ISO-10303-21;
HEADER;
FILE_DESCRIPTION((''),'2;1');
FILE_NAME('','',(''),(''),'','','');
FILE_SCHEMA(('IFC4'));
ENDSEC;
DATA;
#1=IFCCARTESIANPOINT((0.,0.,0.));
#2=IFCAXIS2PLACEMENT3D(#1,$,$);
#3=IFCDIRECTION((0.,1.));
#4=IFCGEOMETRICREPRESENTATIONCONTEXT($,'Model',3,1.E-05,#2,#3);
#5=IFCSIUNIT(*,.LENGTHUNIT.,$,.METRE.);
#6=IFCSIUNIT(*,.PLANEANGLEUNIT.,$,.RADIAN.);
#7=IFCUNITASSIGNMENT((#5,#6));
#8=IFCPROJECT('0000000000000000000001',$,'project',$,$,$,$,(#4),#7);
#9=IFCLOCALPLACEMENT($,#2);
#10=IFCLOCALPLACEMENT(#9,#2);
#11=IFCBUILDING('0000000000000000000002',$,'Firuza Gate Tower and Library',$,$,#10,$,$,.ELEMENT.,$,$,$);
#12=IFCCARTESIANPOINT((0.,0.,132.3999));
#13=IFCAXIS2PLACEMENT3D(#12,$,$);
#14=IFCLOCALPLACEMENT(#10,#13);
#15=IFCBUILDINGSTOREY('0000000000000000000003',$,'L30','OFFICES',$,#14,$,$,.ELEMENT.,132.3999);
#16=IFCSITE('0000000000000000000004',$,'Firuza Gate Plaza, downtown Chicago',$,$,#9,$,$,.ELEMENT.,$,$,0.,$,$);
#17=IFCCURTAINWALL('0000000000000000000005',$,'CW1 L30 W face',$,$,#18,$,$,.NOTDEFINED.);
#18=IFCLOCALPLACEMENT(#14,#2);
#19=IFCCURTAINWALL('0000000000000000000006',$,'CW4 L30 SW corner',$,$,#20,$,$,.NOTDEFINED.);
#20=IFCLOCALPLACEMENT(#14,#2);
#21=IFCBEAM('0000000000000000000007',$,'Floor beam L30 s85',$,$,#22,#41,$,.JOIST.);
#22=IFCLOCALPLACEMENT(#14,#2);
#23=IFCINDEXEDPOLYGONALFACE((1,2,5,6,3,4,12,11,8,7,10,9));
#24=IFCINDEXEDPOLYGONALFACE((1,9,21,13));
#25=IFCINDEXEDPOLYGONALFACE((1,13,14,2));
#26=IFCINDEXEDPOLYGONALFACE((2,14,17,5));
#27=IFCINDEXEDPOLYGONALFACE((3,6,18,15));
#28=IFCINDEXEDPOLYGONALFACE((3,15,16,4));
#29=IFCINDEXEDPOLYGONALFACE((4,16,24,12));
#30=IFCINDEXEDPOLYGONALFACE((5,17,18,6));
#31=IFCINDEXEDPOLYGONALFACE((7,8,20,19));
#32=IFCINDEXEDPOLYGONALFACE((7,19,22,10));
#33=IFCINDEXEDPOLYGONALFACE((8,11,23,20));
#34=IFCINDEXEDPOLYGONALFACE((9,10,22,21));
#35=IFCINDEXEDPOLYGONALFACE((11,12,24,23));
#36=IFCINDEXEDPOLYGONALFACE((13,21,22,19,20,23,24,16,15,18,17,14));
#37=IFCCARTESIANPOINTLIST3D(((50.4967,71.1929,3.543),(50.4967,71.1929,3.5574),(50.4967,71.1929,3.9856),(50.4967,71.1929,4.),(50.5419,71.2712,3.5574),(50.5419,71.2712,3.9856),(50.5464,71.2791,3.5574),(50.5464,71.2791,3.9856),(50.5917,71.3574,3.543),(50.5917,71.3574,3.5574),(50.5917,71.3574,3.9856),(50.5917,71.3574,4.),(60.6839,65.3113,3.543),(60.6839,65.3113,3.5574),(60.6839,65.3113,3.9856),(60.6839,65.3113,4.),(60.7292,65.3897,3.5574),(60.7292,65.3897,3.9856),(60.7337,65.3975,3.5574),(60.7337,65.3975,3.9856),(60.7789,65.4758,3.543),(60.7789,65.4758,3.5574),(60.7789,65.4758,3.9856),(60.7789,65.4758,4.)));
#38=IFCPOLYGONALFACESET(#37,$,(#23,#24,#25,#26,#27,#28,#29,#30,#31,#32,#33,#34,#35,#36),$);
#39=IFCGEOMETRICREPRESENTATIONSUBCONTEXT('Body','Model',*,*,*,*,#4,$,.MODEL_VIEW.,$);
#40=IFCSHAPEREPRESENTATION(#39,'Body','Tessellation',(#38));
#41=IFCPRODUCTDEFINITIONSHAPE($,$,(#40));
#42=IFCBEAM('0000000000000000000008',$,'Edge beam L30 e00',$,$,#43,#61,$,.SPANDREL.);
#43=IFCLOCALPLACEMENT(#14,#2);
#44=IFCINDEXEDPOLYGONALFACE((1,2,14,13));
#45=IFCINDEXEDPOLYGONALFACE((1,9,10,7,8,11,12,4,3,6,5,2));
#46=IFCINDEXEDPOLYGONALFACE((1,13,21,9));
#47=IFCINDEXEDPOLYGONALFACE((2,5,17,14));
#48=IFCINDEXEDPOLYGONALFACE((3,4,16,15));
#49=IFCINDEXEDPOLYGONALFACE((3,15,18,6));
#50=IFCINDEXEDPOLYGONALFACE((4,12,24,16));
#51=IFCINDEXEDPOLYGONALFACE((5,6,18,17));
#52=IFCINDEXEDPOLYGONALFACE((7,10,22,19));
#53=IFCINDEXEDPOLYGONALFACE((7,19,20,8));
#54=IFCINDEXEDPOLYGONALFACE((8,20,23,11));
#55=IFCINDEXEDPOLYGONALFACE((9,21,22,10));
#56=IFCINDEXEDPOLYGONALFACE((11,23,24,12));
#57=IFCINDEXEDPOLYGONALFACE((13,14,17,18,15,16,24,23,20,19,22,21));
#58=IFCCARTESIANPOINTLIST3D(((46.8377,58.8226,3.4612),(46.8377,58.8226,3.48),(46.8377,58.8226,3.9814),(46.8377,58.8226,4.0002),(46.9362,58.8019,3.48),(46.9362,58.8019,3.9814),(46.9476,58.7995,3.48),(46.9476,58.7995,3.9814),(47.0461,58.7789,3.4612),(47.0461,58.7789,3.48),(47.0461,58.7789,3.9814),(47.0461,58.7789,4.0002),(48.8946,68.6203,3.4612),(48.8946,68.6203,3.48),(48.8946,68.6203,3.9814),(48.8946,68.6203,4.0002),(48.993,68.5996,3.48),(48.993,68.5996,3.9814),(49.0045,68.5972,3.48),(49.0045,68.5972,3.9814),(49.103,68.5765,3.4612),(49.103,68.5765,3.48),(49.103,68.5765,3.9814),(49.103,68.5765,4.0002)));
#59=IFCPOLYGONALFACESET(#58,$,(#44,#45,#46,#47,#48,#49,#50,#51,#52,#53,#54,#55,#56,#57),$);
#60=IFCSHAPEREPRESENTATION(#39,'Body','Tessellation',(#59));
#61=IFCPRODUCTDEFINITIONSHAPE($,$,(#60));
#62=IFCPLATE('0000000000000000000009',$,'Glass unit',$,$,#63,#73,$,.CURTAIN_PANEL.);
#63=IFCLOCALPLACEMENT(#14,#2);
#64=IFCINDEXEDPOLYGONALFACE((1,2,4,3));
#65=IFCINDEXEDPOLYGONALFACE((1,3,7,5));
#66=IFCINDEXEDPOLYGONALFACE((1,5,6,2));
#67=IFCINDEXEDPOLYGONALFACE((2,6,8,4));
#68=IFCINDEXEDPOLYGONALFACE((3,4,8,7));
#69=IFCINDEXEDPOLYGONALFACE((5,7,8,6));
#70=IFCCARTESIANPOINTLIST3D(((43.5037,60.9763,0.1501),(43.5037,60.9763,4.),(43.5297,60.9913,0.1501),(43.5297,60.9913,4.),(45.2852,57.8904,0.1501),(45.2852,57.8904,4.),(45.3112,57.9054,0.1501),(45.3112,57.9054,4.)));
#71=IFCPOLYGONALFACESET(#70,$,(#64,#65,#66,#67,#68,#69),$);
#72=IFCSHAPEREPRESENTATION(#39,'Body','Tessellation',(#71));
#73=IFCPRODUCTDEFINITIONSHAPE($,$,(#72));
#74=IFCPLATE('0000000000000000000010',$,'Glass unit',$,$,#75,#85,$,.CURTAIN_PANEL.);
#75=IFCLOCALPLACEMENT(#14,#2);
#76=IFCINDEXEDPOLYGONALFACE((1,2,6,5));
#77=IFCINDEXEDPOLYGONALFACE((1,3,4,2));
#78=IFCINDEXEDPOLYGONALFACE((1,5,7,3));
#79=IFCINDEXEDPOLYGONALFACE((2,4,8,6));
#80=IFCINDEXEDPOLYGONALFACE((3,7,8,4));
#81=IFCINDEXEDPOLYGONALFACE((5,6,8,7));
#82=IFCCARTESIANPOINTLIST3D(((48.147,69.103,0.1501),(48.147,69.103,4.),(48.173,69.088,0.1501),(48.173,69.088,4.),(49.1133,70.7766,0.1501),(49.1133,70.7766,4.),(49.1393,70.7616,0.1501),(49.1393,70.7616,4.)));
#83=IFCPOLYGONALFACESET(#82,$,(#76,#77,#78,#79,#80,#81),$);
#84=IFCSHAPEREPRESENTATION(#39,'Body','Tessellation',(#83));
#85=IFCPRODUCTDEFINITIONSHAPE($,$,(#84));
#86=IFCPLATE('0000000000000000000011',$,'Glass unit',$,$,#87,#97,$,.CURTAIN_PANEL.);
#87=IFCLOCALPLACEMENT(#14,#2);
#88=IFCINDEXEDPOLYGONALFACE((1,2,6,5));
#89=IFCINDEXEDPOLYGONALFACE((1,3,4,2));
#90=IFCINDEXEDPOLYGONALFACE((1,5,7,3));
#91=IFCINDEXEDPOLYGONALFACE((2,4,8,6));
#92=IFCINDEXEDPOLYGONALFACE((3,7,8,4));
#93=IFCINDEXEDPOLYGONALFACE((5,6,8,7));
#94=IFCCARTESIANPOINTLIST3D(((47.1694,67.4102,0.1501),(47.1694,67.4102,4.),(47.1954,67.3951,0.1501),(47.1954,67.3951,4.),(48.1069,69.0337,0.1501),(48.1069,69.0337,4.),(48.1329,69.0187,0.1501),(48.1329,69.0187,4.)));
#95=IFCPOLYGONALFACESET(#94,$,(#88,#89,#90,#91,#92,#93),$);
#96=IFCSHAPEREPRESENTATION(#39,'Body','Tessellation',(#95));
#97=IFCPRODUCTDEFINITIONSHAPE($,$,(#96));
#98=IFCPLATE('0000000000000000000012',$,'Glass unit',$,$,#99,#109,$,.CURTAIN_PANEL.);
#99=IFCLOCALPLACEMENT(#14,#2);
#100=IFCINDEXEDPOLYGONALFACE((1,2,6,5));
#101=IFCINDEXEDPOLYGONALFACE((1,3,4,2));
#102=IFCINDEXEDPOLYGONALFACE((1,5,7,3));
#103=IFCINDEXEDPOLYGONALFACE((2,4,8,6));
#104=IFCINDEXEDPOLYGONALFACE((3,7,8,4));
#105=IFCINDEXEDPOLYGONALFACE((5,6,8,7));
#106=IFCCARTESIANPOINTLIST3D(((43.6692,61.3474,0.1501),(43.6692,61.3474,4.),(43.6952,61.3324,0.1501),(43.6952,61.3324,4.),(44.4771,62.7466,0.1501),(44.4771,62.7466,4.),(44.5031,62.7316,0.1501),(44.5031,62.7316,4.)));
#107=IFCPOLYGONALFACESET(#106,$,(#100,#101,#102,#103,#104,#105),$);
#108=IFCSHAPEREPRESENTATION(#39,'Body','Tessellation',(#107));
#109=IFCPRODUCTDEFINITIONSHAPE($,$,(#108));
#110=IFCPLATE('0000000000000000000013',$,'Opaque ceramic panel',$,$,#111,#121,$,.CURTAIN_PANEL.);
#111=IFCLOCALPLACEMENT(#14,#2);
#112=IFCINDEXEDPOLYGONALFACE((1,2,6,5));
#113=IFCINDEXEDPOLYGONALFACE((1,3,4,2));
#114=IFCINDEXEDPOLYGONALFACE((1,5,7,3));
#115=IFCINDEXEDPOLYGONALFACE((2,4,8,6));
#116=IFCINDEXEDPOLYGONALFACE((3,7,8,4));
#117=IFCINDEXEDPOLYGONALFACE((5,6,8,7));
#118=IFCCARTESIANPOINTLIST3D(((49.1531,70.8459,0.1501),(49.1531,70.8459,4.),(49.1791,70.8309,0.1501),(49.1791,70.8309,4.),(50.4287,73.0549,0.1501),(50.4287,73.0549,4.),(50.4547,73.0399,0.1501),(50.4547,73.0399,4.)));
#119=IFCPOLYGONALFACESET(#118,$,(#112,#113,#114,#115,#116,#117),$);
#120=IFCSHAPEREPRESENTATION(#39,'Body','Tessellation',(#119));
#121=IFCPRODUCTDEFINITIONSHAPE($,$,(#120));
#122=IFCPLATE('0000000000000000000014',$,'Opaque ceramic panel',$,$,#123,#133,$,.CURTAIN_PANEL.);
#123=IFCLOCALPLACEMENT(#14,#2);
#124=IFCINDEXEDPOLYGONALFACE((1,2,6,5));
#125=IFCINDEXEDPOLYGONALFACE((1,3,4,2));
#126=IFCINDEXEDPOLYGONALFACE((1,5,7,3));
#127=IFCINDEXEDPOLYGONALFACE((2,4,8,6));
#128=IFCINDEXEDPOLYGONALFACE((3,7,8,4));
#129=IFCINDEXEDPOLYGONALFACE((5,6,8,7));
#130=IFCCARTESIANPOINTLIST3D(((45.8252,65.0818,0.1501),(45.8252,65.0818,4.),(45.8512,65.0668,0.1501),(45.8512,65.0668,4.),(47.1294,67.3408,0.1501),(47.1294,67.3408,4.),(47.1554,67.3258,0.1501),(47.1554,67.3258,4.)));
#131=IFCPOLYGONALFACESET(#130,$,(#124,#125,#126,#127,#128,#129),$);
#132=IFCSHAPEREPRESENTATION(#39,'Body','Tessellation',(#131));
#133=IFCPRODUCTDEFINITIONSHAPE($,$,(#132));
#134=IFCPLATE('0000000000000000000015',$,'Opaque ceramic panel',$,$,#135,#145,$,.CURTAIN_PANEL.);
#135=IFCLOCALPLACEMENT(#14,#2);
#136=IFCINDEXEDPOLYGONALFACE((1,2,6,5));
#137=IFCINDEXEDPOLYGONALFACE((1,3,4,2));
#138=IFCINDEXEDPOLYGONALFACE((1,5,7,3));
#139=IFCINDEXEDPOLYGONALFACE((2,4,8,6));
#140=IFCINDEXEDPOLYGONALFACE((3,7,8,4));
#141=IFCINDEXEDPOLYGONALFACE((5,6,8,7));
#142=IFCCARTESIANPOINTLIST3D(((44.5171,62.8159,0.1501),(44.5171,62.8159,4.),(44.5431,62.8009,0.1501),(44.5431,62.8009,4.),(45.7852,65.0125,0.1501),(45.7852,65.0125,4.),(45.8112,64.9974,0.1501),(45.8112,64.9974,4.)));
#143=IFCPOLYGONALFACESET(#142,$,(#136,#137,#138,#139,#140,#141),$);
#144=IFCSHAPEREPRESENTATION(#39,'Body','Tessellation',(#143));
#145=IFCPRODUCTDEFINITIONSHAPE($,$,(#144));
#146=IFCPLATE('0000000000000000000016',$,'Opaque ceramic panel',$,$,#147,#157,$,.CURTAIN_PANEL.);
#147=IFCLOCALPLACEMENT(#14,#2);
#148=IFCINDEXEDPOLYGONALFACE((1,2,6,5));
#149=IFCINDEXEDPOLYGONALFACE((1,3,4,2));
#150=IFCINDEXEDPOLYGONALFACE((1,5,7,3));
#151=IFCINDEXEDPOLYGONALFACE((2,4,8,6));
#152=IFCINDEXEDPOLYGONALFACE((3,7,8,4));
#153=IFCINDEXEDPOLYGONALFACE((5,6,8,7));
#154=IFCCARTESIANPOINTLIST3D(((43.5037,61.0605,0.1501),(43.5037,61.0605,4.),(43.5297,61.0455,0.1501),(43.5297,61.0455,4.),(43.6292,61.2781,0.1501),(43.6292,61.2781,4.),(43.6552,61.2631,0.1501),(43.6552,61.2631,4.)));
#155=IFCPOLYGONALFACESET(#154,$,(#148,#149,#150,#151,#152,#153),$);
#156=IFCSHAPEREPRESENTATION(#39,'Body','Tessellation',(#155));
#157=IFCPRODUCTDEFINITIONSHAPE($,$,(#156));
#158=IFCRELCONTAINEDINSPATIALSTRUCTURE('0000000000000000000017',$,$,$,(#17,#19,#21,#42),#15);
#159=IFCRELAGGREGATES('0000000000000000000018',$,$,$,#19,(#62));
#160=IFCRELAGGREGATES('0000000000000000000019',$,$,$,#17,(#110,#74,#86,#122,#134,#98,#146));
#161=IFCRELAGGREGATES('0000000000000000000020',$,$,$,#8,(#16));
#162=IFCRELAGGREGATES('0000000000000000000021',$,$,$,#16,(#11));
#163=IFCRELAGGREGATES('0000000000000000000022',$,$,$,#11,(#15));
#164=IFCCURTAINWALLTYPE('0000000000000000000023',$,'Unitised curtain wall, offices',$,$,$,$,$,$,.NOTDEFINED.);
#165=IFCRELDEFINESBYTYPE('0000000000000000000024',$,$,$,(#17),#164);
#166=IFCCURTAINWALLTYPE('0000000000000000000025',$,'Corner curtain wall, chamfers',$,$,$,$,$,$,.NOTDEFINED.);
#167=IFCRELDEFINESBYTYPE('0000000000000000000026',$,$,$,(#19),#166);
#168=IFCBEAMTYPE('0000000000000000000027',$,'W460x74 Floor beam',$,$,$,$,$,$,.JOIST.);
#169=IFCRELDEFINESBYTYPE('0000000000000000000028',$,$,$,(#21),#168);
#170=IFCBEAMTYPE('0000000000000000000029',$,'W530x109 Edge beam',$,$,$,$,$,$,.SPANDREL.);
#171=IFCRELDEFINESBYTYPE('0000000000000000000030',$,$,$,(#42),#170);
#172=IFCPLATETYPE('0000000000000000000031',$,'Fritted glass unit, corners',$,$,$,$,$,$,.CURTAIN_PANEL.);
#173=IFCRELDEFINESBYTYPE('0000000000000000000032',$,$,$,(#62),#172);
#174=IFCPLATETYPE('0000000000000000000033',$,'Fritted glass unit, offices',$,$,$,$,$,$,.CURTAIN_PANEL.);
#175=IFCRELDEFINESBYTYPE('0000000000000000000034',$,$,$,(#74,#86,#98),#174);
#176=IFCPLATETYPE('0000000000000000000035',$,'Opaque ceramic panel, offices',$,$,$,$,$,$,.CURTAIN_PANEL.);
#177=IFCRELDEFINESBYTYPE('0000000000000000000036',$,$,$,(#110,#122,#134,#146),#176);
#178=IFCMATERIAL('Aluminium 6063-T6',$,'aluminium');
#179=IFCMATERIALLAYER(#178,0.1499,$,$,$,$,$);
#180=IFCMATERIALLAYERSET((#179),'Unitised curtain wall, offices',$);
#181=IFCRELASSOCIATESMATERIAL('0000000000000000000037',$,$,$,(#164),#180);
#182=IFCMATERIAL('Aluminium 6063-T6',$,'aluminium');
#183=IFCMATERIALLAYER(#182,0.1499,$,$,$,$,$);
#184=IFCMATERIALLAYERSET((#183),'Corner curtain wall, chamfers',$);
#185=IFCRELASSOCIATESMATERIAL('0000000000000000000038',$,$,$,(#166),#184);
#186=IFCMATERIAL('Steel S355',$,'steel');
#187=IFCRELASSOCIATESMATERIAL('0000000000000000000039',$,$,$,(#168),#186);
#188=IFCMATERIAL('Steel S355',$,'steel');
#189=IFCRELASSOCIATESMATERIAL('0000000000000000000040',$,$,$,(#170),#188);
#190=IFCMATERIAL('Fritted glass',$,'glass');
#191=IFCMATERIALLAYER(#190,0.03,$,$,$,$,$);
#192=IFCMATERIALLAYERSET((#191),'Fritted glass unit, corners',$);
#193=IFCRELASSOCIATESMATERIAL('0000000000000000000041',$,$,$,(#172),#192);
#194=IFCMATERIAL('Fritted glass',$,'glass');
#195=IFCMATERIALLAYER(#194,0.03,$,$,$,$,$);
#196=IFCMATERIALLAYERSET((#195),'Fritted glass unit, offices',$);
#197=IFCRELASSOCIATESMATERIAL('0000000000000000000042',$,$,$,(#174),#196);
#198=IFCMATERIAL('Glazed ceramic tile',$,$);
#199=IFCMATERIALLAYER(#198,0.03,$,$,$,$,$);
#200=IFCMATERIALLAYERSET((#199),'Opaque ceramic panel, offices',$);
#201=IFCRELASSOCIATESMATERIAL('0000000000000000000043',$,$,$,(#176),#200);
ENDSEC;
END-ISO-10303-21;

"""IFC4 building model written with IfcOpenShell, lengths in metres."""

from ifc_helpers import new_model, si_unit, direction, frame, origin, origin_2d, place, context, subcontext, project, spatial, polyline, i_section, outline, extrude, material, layer, layer_set, material_profile, profile_set, type_object, element, aggregate, save


model = new_model("IFC4")

# Units and contexts
model_context = context("Model", 3, precision=1e-05, world=origin(), true_north=direction((0.0, 1.0)))
body_context = subcontext(model_context, "Body", "Model", "MODEL_VIEW")
ifc_project = project(units=[si_unit("LENGTHUNIT", "METRE"), si_unit("PLANEANGLEUNIT", "RADIAN")], contexts=[model_context])

# Site, building, storey
site_placement = place(None, origin())
site = spatial("IfcSite", under=ifc_project, at=site_placement, Name="Firuza Gate Plaza, downtown Chicago", CompositionType="ELEMENT", RefElevation=0.0)
building_placement = place(site_placement, origin())
building = spatial("IfcBuilding", under=site, at=building_placement, Name="Firuza Gate Tower and Library", CompositionType="ELEMENT")
storey_placement = place(building_placement, frame((0.0, 0.0, 132.3999)))
storey = spatial("IfcBuildingStorey", under=building, at=storey_placement, Name="L30", Description="OFFICES", CompositionType="ELEMENT", Elevation=132.3999)

# Curtain walls
ifc_material_1 = material(Name="Aluminium 6063-T6", Category="aluminium")
ifc_layer_1 = layer(ifc_material_1, 0.1499)
ifc_layer_set_1 = layer_set([ifc_layer_1], Name="Unitised curtain wall, offices")
curtain_wall_type_1 = type_object("IfcCurtainWallType", Name="Unitised curtain wall, offices", PredefinedType="NOTDEFINED", material=ifc_layer_set_1)
placement = place(storey_placement, origin())
curtain_wall_1 = element("IfcCurtainWall", 1, at=placement, inside=storey, type_object=curtain_wall_type_1, Name="CW1 L30 W face", PredefinedType="NOTDEFINED")
ifc_material_2 = material(Name="Aluminium 6063-T6", Category="aluminium")
ifc_layer_2 = layer(ifc_material_2, 0.1499)
ifc_layer_set_2 = layer_set([ifc_layer_2], Name="Corner curtain wall, chamfers")
curtain_wall_type_2 = type_object("IfcCurtainWallType", Name="Corner curtain wall, chamfers", PredefinedType="NOTDEFINED", material=ifc_layer_set_2)
curtain_wall_2 = element("IfcCurtainWall", 2, at=placement, inside=storey, type_object=curtain_wall_type_2, Name="CW4 L30 SW corner", PredefinedType="NOTDEFINED")

# Beams
ifc_material_3 = material(Name="Steel S355", Category="steel")
ifc_material_profile_1 = material_profile(ifc_material_3, i_section(OverallWidth=0.1899, OverallDepth=0.457, WebThickness=0.009, FlangeThickness=0.0144, at=origin_2d()))
ifc_profile_set_1 = profile_set([ifc_material_profile_1], Name="Steel S355")
beam_type_1 = type_object("IfcBeamType", Name="W460x74 Floor beam", PredefinedType="JOIST", material=ifc_profile_set_1)
beam_1_placement = place(storey_placement, frame((50.5442, 71.2751, 3.7715), z_axis=(0.866026, -0.499999, 0.0), x_axis=(0.499999, 0.866026, 0.0)))
element("IfcBeam", 3, at=beam_1_placement, inside=storey, type_object=beam_type_1, Name="Floor beam L30 s85", PredefinedType="JOIST", context=body_context, shape_type="SweptSolid", body=[
    extrude(i_section(OverallWidth=0.1899, OverallDepth=0.457, WebThickness=0.009, FlangeThickness=0.0144, at=origin_2d()), origin(), (0.0, 0.0, 1.0), 11.7632),
])
ifc_material_4 = material(Name="Steel S355", Category="steel")
ifc_material_profile_2 = material_profile(ifc_material_4, i_section(OverallWidth=0.2129, OverallDepth=0.5391, WebThickness=0.0117, FlangeThickness=0.0188, at=origin_2d()))
ifc_profile_set_2 = profile_set([ifc_material_profile_2], Name="Steel S355")
beam_type_2 = type_object("IfcBeamType", Name="W530x109 Edge beam", PredefinedType="SPANDREL", material=ifc_profile_set_2)
beam_2_placement = place(storey_placement, frame((48.9988, 68.5984, 3.7307), z_axis=(-0.205459, -0.978666, 0.0), x_axis=(0.978666, -0.205459, 0.0)))
element("IfcBeam", 4, at=beam_2_placement, inside=storey, type_object=beam_type_2, Name="Edge beam L30 e00", PredefinedType="SPANDREL", context=body_context, shape_type="SweptSolid", body=[
    extrude(i_section(OverallWidth=0.2129, OverallDepth=0.5391, WebThickness=0.0117, FlangeThickness=0.0188, at=origin_2d()), origin(), (0.0, 0.0, 1.0), 10.0112),
])

# Plates
ifc_material_5 = material(Name="Fritted glass", Category="glass")
ifc_layer_3 = layer(ifc_material_5, 0.03)
ifc_layer_set_3 = layer_set([ifc_layer_3], Name="Fritted glass unit, corners")
plate_type_1 = type_object("IfcPlateType", Name="Fritted glass unit, corners", PredefinedType="CURTAIN_PANEL", material=ifc_layer_set_3)
plate_1_placement = place(storey_placement, frame((43.5037, 60.9763, 0.1501), z_axis=(-0.866046, -0.499964, 0.0), x_axis=(0.499964, -0.866046, 0.0)))
plate_1 = element("IfcPlate", 5, at=plate_1_placement, type_object=plate_type_1, Name="Glass unit", PredefinedType="CURTAIN_PANEL", context=body_context, shape_type="SweptSolid", body=[
    extrude(outline(polyline([(0.0, 0.0), (3.5632, 0.0), (3.5632, 3.8499), (0.0, 3.8499), (0.0, 0.0)])), origin(), (0.0, 0.0, -1.0), 0.03),
])
aggregate(curtain_wall_2, [plate_1])
ifc_material_6 = material(Name="Fritted glass", Category="glass")
ifc_layer_4 = layer(ifc_material_6, 0.03)
ifc_layer_set_4 = layer_set([ifc_layer_4], Name="Fritted glass unit, offices")
plate_type_2 = type_object("IfcPlateType", Name="Fritted glass unit, offices", PredefinedType="CURTAIN_PANEL", material=ifc_layer_set_4)
plate_2_placement = place(storey_placement, frame((49.1133, 70.7766, 0.1501), z_axis=(-0.866011, 0.500025, 0.0), x_axis=(-0.500025, -0.866011, 0.0)))
plate_2 = element("IfcPlate", 6, at=plate_2_placement, type_object=plate_type_2, Name="Glass unit", PredefinedType="CURTAIN_PANEL", context=body_context, shape_type="SweptSolid", body=[
    extrude(outline(polyline([(0.0, 0.0), (1.9325, 0.0), (1.9325, 3.8499), (0.0, 3.8499), (0.0, 0.0)])), origin(), (0.0, 0.0, -1.0), 0.03),
])
plate_3_placement = place(storey_placement, frame((48.1069, 69.0337, 0.1501), z_axis=(-0.86599, 0.500061, 0.0), x_axis=(-0.500061, -0.86599, 0.0)))
plate_3 = element("IfcPlate", 7, at=plate_3_placement, type_object=plate_type_2, Name="Glass unit", PredefinedType="CURTAIN_PANEL", context=body_context, shape_type="SweptSolid", body=[
    extrude(outline(polyline([(0.0, 0.0), (1.8748, 0.0), (1.8748, 3.8499), (0.0, 3.8499), (0.0, 0.0)])), origin(), (0.0, 0.0, -1.0), 0.03),
])
plate_4_placement = place(storey_placement, frame((44.4771, 62.7466, 0.1501), z_axis=(-0.866012, 0.500023, 0.0), x_axis=(-0.500023, -0.866012, 0.0)))
plate_4 = element("IfcPlate", 8, at=plate_4_placement, type_object=plate_type_2, Name="Glass unit", PredefinedType="CURTAIN_PANEL", context=body_context, shape_type="SweptSolid", body=[
    extrude(outline(polyline([(0.0, 0.0), (1.6156, 0.0), (1.6156, 3.8499), (0.0, 3.8499), (0.0, 0.0)])), origin(), (0.0, 0.0, -1.0), 0.03),
])
ifc_material_7 = material(Name="Glazed ceramic tile")
ifc_layer_5 = layer(ifc_material_7, 0.03)
ifc_layer_set_5 = layer_set([ifc_layer_5], Name="Opaque ceramic panel, offices")
plate_type_3 = type_object("IfcPlateType", Name="Opaque ceramic panel, offices", PredefinedType="CURTAIN_PANEL", material=ifc_layer_set_5)
plate_5_placement = place(storey_placement, frame((50.4287, 73.0549, 0.1501), z_axis=(-0.865978, 0.500081, 0.0), x_axis=(-0.500081, -0.865978, 0.0)))
plate_5 = element("IfcPlate", 9, at=plate_5_placement, type_object=plate_type_3, Name="Opaque ceramic panel", PredefinedType="CURTAIN_PANEL", context=body_context, shape_type="SweptSolid", body=[
    extrude(outline(polyline([(0.0, 0.0), (2.5509, 0.0), (2.5509, 3.8499), (0.0, 3.8499), (0.0, 0.0)])), origin(), (0.0, 0.0, -1.0), 0.03),
])
plate_6_placement = place(storey_placement, frame((47.1294, 67.3408, 0.1501), z_axis=(-0.866034, 0.499984, 0.0), x_axis=(-0.499984, -0.866034, 0.0)))
plate_6 = element("IfcPlate", 10, at=plate_6_placement, type_object=plate_type_3, Name="Opaque ceramic panel", PredefinedType="CURTAIN_PANEL", context=body_context, shape_type="SweptSolid", body=[
    extrude(outline(polyline([(0.0, 0.0), (2.6085, 0.0), (2.6085, 3.8499), (0.0, 3.8499), (0.0, 0.0)])), origin(), (0.0, 0.0, -1.0), 0.03),
])
plate_7_placement = place(storey_placement, frame((45.7852, 65.0125, 0.1501), z_axis=(-0.866043, 0.49997, 0.0), x_axis=(-0.49997, -0.866043, 0.0)))
plate_7 = element("IfcPlate", 11, at=plate_7_placement, type_object=plate_type_3, Name="Opaque ceramic panel", PredefinedType="CURTAIN_PANEL", context=body_context, shape_type="SweptSolid", body=[
    extrude(outline(polyline([(0.0, 0.0), (2.5363, 0.0), (2.5363, 3.8499), (0.0, 3.8499), (0.0, 0.0)])), origin(), (0.0, 0.0, -1.0), 0.03),
])
plate_8_placement = place(storey_placement, frame((43.6292, 61.2781, 0.1501), z_axis=(-0.866202, 0.499694, 0.0), x_axis=(-0.499694, -0.866202, 0.0)))
plate_8 = element("IfcPlate", 12, at=plate_8_placement, type_object=plate_type_3, Name="Opaque ceramic panel", PredefinedType="CURTAIN_PANEL", context=body_context, shape_type="SweptSolid", body=[
    extrude(outline(polyline([(0.0, 0.0), (0.2511, 0.0), (0.2511, 3.8499), (0.0, 3.8499), (0.0, 0.0)])), origin(), (0.0, 0.0, -1.0), 0.03),
])
aggregate(curtain_wall_1, [plate_5, plate_2, plate_3, plate_6, plate_7, plate_4, plate_8])

save(model, "model.ifc")
